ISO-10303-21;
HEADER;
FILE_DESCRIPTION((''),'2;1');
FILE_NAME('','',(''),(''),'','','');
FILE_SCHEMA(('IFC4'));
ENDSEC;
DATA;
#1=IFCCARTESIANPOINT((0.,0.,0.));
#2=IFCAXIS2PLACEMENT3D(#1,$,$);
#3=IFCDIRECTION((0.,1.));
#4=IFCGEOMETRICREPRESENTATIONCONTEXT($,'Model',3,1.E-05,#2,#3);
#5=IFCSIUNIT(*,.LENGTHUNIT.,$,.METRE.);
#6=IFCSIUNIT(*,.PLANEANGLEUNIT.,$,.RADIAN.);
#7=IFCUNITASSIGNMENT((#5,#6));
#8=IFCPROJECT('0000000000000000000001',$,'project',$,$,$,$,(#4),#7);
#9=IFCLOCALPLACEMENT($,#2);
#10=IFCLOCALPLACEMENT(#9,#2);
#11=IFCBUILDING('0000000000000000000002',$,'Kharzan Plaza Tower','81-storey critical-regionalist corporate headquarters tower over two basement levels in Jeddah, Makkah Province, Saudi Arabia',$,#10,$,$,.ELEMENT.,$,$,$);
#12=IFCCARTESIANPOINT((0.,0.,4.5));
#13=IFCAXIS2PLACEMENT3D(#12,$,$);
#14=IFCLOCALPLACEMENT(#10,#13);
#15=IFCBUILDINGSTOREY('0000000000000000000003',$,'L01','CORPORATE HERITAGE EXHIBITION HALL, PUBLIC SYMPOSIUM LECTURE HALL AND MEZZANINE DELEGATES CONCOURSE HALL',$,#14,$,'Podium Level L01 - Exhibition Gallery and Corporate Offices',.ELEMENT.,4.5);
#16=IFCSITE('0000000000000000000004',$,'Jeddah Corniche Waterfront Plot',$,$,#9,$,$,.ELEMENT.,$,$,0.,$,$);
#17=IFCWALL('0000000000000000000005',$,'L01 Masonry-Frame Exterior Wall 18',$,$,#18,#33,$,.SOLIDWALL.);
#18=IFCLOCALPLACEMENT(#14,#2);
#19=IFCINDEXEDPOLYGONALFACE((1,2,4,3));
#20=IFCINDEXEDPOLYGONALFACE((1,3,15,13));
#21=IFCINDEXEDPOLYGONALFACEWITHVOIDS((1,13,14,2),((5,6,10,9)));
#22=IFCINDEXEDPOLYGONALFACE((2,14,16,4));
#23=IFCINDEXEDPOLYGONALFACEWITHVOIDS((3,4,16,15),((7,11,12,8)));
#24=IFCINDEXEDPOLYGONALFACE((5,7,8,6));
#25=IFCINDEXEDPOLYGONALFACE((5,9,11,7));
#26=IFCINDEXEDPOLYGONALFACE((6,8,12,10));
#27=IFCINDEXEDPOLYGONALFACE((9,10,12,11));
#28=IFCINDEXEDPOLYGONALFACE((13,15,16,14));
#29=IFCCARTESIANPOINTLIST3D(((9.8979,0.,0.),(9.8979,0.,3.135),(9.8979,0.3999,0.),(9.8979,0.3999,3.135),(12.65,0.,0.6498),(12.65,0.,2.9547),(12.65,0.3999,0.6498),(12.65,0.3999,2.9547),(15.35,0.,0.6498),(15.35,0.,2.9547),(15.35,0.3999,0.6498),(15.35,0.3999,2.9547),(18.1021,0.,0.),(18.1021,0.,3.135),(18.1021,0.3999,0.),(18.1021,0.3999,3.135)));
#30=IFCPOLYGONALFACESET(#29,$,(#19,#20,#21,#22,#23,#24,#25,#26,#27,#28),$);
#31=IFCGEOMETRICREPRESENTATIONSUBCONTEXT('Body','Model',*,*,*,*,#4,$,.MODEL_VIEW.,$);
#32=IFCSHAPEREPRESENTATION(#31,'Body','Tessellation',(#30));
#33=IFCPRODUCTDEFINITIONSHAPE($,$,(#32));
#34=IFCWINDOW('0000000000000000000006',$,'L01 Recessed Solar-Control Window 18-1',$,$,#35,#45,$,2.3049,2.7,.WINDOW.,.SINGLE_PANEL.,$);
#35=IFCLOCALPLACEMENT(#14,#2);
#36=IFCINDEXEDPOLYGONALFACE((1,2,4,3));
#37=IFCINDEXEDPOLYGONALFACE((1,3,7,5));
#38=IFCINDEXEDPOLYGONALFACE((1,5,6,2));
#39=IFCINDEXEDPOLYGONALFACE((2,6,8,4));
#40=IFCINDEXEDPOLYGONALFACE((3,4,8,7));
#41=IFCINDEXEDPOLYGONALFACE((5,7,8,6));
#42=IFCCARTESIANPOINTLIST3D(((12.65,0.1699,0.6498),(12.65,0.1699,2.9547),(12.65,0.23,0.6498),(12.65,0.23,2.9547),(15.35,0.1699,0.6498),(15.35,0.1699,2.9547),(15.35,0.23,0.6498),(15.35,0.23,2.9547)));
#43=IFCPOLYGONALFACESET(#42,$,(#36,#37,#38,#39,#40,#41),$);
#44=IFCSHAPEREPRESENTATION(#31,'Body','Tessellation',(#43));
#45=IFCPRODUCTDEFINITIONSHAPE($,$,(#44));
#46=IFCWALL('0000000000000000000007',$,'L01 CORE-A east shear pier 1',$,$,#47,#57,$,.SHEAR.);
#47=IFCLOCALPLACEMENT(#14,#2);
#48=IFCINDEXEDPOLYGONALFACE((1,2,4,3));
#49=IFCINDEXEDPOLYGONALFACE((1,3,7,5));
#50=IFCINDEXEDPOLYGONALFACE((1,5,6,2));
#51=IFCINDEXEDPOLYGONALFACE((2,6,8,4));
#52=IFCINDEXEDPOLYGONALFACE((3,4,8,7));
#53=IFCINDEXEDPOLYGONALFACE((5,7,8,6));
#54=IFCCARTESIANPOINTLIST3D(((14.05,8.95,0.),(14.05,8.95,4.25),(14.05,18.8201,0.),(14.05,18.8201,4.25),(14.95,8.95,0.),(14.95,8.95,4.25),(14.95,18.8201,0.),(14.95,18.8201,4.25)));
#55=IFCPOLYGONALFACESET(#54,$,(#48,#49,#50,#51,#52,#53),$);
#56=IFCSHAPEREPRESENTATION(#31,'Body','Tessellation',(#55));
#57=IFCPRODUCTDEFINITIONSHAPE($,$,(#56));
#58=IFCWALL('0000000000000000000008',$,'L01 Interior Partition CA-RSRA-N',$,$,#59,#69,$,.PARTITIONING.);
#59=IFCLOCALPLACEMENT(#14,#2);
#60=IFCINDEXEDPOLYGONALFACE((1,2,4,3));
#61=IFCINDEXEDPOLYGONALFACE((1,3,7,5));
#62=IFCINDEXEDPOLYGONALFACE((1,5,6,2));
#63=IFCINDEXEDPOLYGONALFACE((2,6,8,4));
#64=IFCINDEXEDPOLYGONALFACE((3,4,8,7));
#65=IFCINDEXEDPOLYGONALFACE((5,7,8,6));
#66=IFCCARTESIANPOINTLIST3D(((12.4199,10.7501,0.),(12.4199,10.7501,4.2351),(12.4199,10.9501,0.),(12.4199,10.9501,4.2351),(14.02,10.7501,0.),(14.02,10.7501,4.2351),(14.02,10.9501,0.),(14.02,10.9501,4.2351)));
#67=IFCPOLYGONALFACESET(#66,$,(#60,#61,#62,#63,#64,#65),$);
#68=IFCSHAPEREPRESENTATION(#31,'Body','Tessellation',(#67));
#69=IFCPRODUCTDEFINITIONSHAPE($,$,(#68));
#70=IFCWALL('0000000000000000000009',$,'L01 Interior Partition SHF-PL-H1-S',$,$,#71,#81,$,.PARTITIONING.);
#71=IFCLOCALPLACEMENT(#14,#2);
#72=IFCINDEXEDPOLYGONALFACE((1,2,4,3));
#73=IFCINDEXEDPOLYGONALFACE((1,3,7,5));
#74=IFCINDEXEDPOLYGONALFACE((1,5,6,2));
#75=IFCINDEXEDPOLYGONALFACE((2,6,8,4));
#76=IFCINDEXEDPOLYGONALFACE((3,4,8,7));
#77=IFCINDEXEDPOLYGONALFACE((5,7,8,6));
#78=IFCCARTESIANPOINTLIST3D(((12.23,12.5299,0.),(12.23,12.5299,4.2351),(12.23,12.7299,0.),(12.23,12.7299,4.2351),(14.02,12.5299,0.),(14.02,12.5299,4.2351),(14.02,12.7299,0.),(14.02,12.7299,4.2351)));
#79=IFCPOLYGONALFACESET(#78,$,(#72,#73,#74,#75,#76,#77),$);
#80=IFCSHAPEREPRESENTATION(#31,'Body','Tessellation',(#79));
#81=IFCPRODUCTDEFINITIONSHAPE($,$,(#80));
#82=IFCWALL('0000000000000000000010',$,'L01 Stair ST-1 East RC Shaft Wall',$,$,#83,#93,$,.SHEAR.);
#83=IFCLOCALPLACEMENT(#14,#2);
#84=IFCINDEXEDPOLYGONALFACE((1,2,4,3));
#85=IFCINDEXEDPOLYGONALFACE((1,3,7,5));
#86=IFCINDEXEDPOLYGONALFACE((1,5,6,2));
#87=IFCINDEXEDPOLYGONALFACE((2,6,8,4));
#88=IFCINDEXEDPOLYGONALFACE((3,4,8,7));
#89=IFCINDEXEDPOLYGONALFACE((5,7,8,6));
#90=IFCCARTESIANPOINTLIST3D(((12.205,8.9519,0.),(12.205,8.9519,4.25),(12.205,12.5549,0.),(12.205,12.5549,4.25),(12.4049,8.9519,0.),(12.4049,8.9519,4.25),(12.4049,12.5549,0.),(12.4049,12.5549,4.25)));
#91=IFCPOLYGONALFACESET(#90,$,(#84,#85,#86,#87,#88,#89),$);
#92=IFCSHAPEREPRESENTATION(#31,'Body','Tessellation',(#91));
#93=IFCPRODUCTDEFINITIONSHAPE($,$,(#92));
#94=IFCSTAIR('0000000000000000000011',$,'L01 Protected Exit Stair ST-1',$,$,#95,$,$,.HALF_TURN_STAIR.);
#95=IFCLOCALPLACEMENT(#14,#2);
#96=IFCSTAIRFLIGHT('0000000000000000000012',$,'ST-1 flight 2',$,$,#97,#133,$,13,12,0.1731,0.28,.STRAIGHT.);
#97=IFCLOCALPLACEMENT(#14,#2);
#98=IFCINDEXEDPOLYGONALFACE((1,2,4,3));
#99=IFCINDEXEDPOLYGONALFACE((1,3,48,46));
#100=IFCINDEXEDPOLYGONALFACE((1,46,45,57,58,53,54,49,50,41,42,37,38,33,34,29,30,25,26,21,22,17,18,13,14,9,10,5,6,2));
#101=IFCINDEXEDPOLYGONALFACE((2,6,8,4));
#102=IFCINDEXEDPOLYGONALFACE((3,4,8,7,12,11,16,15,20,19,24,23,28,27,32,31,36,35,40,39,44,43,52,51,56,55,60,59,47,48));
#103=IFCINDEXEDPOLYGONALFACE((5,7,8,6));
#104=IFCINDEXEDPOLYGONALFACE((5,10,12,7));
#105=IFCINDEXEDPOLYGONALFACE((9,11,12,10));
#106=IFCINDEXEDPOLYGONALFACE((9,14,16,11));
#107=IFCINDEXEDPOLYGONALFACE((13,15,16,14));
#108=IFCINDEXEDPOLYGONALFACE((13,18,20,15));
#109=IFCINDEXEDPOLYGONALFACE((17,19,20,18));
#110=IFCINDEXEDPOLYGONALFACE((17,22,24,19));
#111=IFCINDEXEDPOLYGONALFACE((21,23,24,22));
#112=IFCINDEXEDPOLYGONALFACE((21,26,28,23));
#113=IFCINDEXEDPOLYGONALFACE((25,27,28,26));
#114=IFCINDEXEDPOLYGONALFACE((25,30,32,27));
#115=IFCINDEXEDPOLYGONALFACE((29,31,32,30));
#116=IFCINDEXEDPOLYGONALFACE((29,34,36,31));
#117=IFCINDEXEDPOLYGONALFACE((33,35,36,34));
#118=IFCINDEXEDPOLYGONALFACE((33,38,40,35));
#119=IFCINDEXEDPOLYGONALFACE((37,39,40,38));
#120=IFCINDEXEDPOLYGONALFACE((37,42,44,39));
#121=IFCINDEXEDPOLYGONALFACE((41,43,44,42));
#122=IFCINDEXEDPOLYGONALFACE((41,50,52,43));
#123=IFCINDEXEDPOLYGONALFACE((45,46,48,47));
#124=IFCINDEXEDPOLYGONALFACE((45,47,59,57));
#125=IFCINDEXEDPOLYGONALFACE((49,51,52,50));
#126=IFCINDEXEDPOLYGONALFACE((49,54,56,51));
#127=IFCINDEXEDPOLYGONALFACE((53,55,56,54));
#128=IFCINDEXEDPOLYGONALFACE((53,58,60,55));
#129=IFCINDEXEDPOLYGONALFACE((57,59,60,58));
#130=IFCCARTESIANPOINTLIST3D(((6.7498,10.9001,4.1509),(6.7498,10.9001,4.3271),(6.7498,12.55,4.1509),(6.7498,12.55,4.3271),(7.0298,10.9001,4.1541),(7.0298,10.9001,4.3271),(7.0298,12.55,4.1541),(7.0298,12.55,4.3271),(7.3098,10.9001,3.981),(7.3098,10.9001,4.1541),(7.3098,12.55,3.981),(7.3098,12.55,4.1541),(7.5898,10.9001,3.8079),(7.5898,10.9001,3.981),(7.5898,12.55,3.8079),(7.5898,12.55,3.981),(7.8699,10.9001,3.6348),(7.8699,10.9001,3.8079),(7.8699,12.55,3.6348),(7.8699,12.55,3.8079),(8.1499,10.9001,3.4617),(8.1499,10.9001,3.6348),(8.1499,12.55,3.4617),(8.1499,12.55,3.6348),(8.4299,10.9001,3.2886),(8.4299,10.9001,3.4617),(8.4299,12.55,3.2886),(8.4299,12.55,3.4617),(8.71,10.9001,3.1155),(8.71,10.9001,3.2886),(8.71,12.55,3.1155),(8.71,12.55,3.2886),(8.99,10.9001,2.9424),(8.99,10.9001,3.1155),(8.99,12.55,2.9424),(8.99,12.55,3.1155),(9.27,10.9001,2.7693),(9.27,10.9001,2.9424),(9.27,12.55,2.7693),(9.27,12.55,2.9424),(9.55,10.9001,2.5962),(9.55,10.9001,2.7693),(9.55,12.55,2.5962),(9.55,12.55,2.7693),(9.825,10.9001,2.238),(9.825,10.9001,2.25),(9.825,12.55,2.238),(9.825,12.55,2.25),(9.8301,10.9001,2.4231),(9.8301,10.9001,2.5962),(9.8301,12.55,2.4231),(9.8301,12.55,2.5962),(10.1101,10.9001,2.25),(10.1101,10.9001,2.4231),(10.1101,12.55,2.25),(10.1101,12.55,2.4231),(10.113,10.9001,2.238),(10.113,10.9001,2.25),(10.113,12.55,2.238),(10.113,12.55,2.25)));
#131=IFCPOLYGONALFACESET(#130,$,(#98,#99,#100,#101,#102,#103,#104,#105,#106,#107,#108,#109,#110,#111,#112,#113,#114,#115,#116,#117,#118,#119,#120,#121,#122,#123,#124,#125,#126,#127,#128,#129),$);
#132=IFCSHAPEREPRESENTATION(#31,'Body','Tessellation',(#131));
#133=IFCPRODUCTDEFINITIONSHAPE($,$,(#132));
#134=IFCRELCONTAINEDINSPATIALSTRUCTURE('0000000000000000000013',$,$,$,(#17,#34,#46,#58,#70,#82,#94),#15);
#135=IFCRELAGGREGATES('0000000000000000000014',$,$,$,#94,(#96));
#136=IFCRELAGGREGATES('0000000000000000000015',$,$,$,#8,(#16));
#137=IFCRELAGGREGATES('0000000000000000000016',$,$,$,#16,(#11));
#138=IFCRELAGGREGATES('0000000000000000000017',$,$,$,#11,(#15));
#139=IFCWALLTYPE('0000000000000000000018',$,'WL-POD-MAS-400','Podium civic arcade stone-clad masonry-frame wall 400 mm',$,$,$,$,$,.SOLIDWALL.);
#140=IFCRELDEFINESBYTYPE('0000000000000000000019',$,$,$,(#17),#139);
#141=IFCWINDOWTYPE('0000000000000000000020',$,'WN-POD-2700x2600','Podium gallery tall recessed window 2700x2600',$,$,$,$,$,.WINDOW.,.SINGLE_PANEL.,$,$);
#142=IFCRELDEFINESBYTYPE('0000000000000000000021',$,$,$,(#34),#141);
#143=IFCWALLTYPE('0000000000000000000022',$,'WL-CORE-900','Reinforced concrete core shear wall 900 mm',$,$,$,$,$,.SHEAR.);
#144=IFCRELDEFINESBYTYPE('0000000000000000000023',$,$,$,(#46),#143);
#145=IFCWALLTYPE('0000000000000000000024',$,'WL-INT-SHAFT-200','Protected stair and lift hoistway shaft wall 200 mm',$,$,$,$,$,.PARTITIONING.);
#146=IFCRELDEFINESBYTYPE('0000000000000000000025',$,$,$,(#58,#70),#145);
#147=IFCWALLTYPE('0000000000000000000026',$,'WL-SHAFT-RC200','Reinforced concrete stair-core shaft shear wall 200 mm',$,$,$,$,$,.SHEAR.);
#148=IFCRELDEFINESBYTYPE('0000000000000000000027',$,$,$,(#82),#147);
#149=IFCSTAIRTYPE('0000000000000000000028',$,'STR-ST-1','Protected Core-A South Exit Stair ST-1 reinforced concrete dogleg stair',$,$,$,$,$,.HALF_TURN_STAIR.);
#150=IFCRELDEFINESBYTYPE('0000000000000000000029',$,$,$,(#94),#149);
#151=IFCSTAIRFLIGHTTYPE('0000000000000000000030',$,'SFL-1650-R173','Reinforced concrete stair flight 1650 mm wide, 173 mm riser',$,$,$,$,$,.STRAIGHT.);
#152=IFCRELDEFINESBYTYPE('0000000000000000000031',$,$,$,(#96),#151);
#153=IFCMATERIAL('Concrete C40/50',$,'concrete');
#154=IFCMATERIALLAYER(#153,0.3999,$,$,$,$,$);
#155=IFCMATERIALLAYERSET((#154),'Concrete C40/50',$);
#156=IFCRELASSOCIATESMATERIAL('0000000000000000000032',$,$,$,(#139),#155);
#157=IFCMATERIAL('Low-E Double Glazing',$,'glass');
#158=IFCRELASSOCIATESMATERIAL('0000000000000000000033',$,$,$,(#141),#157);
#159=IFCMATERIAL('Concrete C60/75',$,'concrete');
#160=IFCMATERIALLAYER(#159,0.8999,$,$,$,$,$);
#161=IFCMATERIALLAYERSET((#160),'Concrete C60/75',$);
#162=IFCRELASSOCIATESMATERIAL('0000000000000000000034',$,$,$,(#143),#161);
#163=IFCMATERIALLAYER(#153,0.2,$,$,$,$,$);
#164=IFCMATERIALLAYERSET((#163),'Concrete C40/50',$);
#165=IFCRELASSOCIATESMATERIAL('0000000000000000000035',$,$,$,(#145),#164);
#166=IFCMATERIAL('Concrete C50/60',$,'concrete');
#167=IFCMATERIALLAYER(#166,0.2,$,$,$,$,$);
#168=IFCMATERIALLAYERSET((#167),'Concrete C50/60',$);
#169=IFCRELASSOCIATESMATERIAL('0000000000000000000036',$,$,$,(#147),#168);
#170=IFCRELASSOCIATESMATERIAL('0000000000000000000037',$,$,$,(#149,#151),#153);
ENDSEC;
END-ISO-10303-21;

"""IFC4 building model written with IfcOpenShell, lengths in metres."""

from ifc_helpers import new_model, si_unit, direction, frame, frame_2d, origin, place, context, subcontext, project, spatial, polyline, rectangle, outline, extrude, source, transform, mapped, material, layer, layer_set, type_object, element, fill, aggregate, save


model = new_model("IFC4")

# Units and contexts
model_context = context("Model", 3, precision=1e-05, world=origin(), true_north=direction((0.0, 1.0)))
body_context = subcontext(model_context, "Body", "Model", "MODEL_VIEW")
ifc_project = project(units=[si_unit("LENGTHUNIT", "METRE"), si_unit("PLANEANGLEUNIT", "RADIAN")], contexts=[model_context])

# Site, building, storey
site_placement = place(None, origin())
site = spatial("IfcSite", under=ifc_project, at=site_placement, Name="Jeddah Corniche Waterfront Plot", CompositionType="ELEMENT", RefElevation=0.0)
building_placement = place(site_placement, origin())
building = spatial("IfcBuilding", under=site, at=building_placement, Name="Kharzan Plaza Tower", Description="81-storey critical-regionalist corporate headquarters tower over two basement levels in Jeddah, Makkah Province, Saudi Arabia", CompositionType="ELEMENT")
storey_placement = place(building_placement, frame((0.0, 0.0, 4.5)))
storey = spatial("IfcBuildingStorey", under=building, at=storey_placement, Name="L01", Description="CORPORATE HERITAGE EXHIBITION HALL, PUBLIC SYMPOSIUM LECTURE HALL AND MEZZANINE DELEGATES CONCOURSE HALL", LongName="Podium Level L01 - Exhibition Gallery and Corporate Offices", CompositionType="ELEMENT", Elevation=4.5)

# Shared definitions
ifc_material_1 = material(Name="Concrete C60/75", Category="concrete")

# Wall, opening, window
ifc_material_2 = material(Name="Concrete C40/50", Category="concrete")
ifc_layer_1 = layer(ifc_material_2, 0.3999)
ifc_layer_set_1 = layer_set([ifc_layer_1], Name="Concrete C40/50")
wall_type_1 = type_object("IfcWallType", Name="WL-POD-MAS-400", Description="Podium civic arcade stone-clad masonry-frame wall 400 mm", PredefinedType="SOLIDWALL", material=ifc_layer_set_1)
wall_1_placement = place(storey_placement, frame((9.8979, 0.2, 0.0), z_axis=(0.0, 0.0, 1.0), x_axis=(1.0, 0.0, 0.0)))
wall_1 = element("IfcWall", 1, at=wall_1_placement, inside=storey, type_object=wall_type_1, Name="L01 Masonry-Frame Exterior Wall 18", PredefinedType="SOLIDWALL", context=body_context, shape_type="SweptSolid", body=[
    extrude(rectangle(XDim=8.2041, YDim=0.3999, at=frame_2d((4.1021, 0.0))), origin(), (0.0, 0.0, 1.0), 3.135),
])
opening_1_placement = place(wall_1_placement, frame((2.752, 0.0, 0.6499)))
opening_1 = element("IfcOpeningElement", 2, at=opening_1_placement, cuts=wall_1, PredefinedType="OPENING", context=body_context, shape_type="SweptSolid", body=[
    extrude(rectangle(XDim=2.7, YDim=2.3049, at=frame_2d((1.3501, 1.1523))), frame((0.0, 0.21, 0.0), z_axis=(0.0, -1.0, 0.0), x_axis=(1.0, 0.0, 0.0)), (0.0, 0.0, 1.0), 0.4199),
])
ifc_material_3 = material(Name="Low-E Double Glazing", Category="glass")
window_type = type_object("IfcWindowType", Name="WN-POD-2700x2600", Description="Podium gallery tall recessed window 2700x2600", PartitioningType="SINGLE_PANEL", PredefinedType="WINDOW", material=ifc_material_3)
shared_shape_1 = source(origin(), body_context, "Body", "SweptSolid", [
    extrude(rectangle(XDim=2.7, YDim=2.3049, at=frame_2d((1.3501, 1.1523))), frame((0.0, 0.03, 0.0), z_axis=(0.0, -1.0, 0.0), x_axis=(1.0, 0.0, 0.0)), (0.0, 0.0, 1.0), 0.0601),
])
window_placement = place(opening_1_placement, origin())
window = element("IfcWindow", 3, at=window_placement, inside=storey, type_object=window_type, Name="L01 Recessed Solar-Control Window 18-1", OverallHeight=2.3049, OverallWidth=2.7, PartitioningType="SINGLE_PANEL", PredefinedType="WINDOW", context=body_context, shape_type="MappedRepresentation", body=[
    mapped(shared_shape_1, transform((0.0, 0.0, 0.0), x_axis=(1.0, 0.0, 0.0), y_axis=(0.0, 1.0, 0.0), z_axis=(0.0, 0.0, 1.0))),
])
fill(opening_1, window)

# Walls
ifc_layer_2 = layer(ifc_material_1, 0.8999)
ifc_layer_set_2 = layer_set([ifc_layer_2], Name="Concrete C60/75")
wall_type_2 = type_object("IfcWallType", Name="WL-CORE-900", Description="Reinforced concrete core shear wall 900 mm", PredefinedType="SHEAR", material=ifc_layer_set_2)
shared_shape_2 = source(origin(), body_context, "Body", "SweptSolid", [
    extrude(rectangle(XDim=9.8701, YDim=0.8999, at=frame_2d((4.9351, 0.0))), origin(), (0.0, 0.0, 1.0), 4.25),
])
wall_2_placement = place(storey_placement, frame((14.5, 8.95, 0.0), z_axis=(0.0, 0.0, 1.0), x_axis=(0.0, 1.0, 0.0)))
element("IfcWall", 4, at=wall_2_placement, inside=storey, type_object=wall_type_2, Name="L01 CORE-A east shear pier 1", PredefinedType="SHEAR", context=body_context, shape_type="MappedRepresentation", body=[
    mapped(shared_shape_2, transform((0.0, 0.0, 0.0), x_axis=(1.0, 0.0, 0.0), y_axis=(0.0, 1.0, 0.0), z_axis=(0.0, 0.0, 1.0))),
])
ifc_layer_3 = layer(ifc_material_2, 0.2)
ifc_layer_set_3 = layer_set([ifc_layer_3], Name="Concrete C40/50")
wall_type_3 = type_object("IfcWallType", Name="WL-INT-SHAFT-200", Description="Protected stair and lift hoistway shaft wall 200 mm", PredefinedType="PARTITIONING", material=ifc_layer_set_3)
shared_shape_3 = source(origin(), body_context, "Body", "SweptSolid", [
    extrude(rectangle(XDim=1.6001, YDim=0.2, at=frame_2d((0.8, 0.0))), origin(), (0.0, 0.0, 1.0), 4.2351),
])
wall_3_placement = place(storey_placement, frame((12.4199, 10.8501, 0.0), z_axis=(0.0, 0.0, 1.0), x_axis=(1.0, 0.0, 0.0)))
element("IfcWall", 5, at=wall_3_placement, inside=storey, type_object=wall_type_3, Name="L01 Interior Partition CA-RSRA-N", PredefinedType="PARTITIONING", context=body_context, shape_type="MappedRepresentation", body=[
    mapped(shared_shape_3, transform((0.0, 0.0, 0.0), x_axis=(1.0, 0.0, 0.0), y_axis=(0.0, 1.0, 0.0), z_axis=(0.0, 0.0, 1.0))),
])
shared_shape_4 = source(origin(), body_context, "Body", "SweptSolid", [
    extrude(rectangle(XDim=1.79, YDim=0.2, at=frame_2d((0.895, 0.0))), origin(), (0.0, 0.0, 1.0), 4.2351),
])
wall_4_placement = place(storey_placement, frame((12.23, 12.6299, 0.0), z_axis=(0.0, 0.0, 1.0), x_axis=(1.0, 0.0, 0.0)))
element("IfcWall", 6, at=wall_4_placement, inside=storey, type_object=wall_type_3, Name="L01 Interior Partition SHF-PL-H1-S", PredefinedType="PARTITIONING", context=body_context, shape_type="MappedRepresentation", body=[
    mapped(shared_shape_4, transform((0.0, 0.0, 0.0), x_axis=(1.0, 0.0, 0.0), y_axis=(0.0, 1.0, 0.0), z_axis=(0.0, 0.0, 1.0))),
])
ifc_material_4 = material(Name="Concrete C50/60", Category="concrete")
ifc_layer_4 = layer(ifc_material_4, 0.2)
ifc_layer_set_4 = layer_set([ifc_layer_4], Name="Concrete C50/60")
wall_type_4 = type_object("IfcWallType", Name="WL-SHAFT-RC200", Description="Reinforced concrete stair-core shaft shear wall 200 mm", PredefinedType="SHEAR", material=ifc_layer_set_4)
shared_shape_5 = source(origin(), body_context, "Body", "SweptSolid", [
    extrude(rectangle(XDim=3.603, YDim=0.2, at=frame_2d((1.8015, 0.0))), origin(), (0.0, 0.0, 1.0), 4.25),
])
wall_5_placement = place(storey_placement, frame((12.3049, 8.9519, 0.0), z_axis=(0.0, 0.0, 1.0), x_axis=(0.0, 1.0, 0.0)))
element("IfcWall", 7, at=wall_5_placement, inside=storey, type_object=wall_type_4, Name="L01 Stair ST-1 East RC Shaft Wall", PredefinedType="SHEAR", context=body_context, shape_type="MappedRepresentation", body=[
    mapped(shared_shape_5, transform((0.0, 0.0, 0.0), x_axis=(1.0, 0.0, 0.0), y_axis=(0.0, 1.0, 0.0), z_axis=(0.0, 0.0, 1.0))),
])

# Stair, stair flight
stair_type = type_object("IfcStairType", Name="STR-ST-1", Description="Protected Core-A South Exit Stair ST-1 reinforced concrete dogleg stair", PredefinedType="HALF_TURN_STAIR", material=ifc_material_2)
stair_placement = place(storey_placement, origin())
stair = element("IfcStair", 8, at=stair_placement, inside=storey, type_object=stair_type, Name="L01 Protected Exit Stair ST-1", PredefinedType="HALF_TURN_STAIR")
stair_flight_type = type_object("IfcStairFlightType", Name="SFL-1650-R173", Description="Reinforced concrete stair flight 1650 mm wide, 173 mm riser", PredefinedType="STRAIGHT", material=ifc_material_2)
shared_shape_6 = source(origin(), body_context, "Body", "SweptSolid", [
    extrude(outline(polyline([(-0.0029, -0.012), (-0.0029, 0.0), (0.0, 0.0), (0.0, 0.1731), (0.28, 0.1731), (0.28, 0.3462), (0.5601, 0.3462), (0.5601, 0.5193), (0.8401, 0.5193), (0.8401, 0.6924), (1.1201, 0.6924), (1.1201, 0.8655), (1.4001, 0.8655), (1.4001, 1.0386), (1.6802, 1.0386), (1.6802, 1.2117), (1.9602, 1.2117), (1.9602, 1.3848), (2.2402, 1.3848), (2.2402, 1.5579), (2.5203, 1.5579), (2.5203, 1.731), (2.8003, 1.731), (2.8003, 1.9041), (3.0803, 1.9041), (3.0803, 2.0771), (3.3604, 2.0771), (3.3604, 2.2502), (3.3604, 1.9009), (0.2852, 0.0), (0.2852, -0.012), (-0.0029, -0.012)])), frame((0.0, 0.825, 0.0), z_axis=(0.0, -1.0, 0.0), x_axis=(1.0, 0.0, 0.0)), (0.0, 0.0, 1.0), 1.6499),
])
stair_flight_placement = place(storey_placement, frame((10.1101, 11.7251, 2.25), z_axis=(0.0, 0.0, 1.0), x_axis=(-1.0, 0.0, 0.0)))
stair_flight = element("IfcStairFlight", 9, at=stair_flight_placement, type_object=stair_flight_type, Name="ST-1 flight 2", NumberOfRisers=13, NumberOfTreads=12, PredefinedType="STRAIGHT", RiserHeight=0.1731, TreadLength=0.28, context=body_context, shape_type="MappedRepresentation", body=[
    mapped(shared_shape_6, transform((0.0, 0.0, 0.0), x_axis=(1.0, 0.0, 0.0), y_axis=(0.0, 1.0, 0.0), z_axis=(0.0, 0.0, 1.0))),
])
aggregate(stair, [stair_flight])

save(model, "model.ifc")
